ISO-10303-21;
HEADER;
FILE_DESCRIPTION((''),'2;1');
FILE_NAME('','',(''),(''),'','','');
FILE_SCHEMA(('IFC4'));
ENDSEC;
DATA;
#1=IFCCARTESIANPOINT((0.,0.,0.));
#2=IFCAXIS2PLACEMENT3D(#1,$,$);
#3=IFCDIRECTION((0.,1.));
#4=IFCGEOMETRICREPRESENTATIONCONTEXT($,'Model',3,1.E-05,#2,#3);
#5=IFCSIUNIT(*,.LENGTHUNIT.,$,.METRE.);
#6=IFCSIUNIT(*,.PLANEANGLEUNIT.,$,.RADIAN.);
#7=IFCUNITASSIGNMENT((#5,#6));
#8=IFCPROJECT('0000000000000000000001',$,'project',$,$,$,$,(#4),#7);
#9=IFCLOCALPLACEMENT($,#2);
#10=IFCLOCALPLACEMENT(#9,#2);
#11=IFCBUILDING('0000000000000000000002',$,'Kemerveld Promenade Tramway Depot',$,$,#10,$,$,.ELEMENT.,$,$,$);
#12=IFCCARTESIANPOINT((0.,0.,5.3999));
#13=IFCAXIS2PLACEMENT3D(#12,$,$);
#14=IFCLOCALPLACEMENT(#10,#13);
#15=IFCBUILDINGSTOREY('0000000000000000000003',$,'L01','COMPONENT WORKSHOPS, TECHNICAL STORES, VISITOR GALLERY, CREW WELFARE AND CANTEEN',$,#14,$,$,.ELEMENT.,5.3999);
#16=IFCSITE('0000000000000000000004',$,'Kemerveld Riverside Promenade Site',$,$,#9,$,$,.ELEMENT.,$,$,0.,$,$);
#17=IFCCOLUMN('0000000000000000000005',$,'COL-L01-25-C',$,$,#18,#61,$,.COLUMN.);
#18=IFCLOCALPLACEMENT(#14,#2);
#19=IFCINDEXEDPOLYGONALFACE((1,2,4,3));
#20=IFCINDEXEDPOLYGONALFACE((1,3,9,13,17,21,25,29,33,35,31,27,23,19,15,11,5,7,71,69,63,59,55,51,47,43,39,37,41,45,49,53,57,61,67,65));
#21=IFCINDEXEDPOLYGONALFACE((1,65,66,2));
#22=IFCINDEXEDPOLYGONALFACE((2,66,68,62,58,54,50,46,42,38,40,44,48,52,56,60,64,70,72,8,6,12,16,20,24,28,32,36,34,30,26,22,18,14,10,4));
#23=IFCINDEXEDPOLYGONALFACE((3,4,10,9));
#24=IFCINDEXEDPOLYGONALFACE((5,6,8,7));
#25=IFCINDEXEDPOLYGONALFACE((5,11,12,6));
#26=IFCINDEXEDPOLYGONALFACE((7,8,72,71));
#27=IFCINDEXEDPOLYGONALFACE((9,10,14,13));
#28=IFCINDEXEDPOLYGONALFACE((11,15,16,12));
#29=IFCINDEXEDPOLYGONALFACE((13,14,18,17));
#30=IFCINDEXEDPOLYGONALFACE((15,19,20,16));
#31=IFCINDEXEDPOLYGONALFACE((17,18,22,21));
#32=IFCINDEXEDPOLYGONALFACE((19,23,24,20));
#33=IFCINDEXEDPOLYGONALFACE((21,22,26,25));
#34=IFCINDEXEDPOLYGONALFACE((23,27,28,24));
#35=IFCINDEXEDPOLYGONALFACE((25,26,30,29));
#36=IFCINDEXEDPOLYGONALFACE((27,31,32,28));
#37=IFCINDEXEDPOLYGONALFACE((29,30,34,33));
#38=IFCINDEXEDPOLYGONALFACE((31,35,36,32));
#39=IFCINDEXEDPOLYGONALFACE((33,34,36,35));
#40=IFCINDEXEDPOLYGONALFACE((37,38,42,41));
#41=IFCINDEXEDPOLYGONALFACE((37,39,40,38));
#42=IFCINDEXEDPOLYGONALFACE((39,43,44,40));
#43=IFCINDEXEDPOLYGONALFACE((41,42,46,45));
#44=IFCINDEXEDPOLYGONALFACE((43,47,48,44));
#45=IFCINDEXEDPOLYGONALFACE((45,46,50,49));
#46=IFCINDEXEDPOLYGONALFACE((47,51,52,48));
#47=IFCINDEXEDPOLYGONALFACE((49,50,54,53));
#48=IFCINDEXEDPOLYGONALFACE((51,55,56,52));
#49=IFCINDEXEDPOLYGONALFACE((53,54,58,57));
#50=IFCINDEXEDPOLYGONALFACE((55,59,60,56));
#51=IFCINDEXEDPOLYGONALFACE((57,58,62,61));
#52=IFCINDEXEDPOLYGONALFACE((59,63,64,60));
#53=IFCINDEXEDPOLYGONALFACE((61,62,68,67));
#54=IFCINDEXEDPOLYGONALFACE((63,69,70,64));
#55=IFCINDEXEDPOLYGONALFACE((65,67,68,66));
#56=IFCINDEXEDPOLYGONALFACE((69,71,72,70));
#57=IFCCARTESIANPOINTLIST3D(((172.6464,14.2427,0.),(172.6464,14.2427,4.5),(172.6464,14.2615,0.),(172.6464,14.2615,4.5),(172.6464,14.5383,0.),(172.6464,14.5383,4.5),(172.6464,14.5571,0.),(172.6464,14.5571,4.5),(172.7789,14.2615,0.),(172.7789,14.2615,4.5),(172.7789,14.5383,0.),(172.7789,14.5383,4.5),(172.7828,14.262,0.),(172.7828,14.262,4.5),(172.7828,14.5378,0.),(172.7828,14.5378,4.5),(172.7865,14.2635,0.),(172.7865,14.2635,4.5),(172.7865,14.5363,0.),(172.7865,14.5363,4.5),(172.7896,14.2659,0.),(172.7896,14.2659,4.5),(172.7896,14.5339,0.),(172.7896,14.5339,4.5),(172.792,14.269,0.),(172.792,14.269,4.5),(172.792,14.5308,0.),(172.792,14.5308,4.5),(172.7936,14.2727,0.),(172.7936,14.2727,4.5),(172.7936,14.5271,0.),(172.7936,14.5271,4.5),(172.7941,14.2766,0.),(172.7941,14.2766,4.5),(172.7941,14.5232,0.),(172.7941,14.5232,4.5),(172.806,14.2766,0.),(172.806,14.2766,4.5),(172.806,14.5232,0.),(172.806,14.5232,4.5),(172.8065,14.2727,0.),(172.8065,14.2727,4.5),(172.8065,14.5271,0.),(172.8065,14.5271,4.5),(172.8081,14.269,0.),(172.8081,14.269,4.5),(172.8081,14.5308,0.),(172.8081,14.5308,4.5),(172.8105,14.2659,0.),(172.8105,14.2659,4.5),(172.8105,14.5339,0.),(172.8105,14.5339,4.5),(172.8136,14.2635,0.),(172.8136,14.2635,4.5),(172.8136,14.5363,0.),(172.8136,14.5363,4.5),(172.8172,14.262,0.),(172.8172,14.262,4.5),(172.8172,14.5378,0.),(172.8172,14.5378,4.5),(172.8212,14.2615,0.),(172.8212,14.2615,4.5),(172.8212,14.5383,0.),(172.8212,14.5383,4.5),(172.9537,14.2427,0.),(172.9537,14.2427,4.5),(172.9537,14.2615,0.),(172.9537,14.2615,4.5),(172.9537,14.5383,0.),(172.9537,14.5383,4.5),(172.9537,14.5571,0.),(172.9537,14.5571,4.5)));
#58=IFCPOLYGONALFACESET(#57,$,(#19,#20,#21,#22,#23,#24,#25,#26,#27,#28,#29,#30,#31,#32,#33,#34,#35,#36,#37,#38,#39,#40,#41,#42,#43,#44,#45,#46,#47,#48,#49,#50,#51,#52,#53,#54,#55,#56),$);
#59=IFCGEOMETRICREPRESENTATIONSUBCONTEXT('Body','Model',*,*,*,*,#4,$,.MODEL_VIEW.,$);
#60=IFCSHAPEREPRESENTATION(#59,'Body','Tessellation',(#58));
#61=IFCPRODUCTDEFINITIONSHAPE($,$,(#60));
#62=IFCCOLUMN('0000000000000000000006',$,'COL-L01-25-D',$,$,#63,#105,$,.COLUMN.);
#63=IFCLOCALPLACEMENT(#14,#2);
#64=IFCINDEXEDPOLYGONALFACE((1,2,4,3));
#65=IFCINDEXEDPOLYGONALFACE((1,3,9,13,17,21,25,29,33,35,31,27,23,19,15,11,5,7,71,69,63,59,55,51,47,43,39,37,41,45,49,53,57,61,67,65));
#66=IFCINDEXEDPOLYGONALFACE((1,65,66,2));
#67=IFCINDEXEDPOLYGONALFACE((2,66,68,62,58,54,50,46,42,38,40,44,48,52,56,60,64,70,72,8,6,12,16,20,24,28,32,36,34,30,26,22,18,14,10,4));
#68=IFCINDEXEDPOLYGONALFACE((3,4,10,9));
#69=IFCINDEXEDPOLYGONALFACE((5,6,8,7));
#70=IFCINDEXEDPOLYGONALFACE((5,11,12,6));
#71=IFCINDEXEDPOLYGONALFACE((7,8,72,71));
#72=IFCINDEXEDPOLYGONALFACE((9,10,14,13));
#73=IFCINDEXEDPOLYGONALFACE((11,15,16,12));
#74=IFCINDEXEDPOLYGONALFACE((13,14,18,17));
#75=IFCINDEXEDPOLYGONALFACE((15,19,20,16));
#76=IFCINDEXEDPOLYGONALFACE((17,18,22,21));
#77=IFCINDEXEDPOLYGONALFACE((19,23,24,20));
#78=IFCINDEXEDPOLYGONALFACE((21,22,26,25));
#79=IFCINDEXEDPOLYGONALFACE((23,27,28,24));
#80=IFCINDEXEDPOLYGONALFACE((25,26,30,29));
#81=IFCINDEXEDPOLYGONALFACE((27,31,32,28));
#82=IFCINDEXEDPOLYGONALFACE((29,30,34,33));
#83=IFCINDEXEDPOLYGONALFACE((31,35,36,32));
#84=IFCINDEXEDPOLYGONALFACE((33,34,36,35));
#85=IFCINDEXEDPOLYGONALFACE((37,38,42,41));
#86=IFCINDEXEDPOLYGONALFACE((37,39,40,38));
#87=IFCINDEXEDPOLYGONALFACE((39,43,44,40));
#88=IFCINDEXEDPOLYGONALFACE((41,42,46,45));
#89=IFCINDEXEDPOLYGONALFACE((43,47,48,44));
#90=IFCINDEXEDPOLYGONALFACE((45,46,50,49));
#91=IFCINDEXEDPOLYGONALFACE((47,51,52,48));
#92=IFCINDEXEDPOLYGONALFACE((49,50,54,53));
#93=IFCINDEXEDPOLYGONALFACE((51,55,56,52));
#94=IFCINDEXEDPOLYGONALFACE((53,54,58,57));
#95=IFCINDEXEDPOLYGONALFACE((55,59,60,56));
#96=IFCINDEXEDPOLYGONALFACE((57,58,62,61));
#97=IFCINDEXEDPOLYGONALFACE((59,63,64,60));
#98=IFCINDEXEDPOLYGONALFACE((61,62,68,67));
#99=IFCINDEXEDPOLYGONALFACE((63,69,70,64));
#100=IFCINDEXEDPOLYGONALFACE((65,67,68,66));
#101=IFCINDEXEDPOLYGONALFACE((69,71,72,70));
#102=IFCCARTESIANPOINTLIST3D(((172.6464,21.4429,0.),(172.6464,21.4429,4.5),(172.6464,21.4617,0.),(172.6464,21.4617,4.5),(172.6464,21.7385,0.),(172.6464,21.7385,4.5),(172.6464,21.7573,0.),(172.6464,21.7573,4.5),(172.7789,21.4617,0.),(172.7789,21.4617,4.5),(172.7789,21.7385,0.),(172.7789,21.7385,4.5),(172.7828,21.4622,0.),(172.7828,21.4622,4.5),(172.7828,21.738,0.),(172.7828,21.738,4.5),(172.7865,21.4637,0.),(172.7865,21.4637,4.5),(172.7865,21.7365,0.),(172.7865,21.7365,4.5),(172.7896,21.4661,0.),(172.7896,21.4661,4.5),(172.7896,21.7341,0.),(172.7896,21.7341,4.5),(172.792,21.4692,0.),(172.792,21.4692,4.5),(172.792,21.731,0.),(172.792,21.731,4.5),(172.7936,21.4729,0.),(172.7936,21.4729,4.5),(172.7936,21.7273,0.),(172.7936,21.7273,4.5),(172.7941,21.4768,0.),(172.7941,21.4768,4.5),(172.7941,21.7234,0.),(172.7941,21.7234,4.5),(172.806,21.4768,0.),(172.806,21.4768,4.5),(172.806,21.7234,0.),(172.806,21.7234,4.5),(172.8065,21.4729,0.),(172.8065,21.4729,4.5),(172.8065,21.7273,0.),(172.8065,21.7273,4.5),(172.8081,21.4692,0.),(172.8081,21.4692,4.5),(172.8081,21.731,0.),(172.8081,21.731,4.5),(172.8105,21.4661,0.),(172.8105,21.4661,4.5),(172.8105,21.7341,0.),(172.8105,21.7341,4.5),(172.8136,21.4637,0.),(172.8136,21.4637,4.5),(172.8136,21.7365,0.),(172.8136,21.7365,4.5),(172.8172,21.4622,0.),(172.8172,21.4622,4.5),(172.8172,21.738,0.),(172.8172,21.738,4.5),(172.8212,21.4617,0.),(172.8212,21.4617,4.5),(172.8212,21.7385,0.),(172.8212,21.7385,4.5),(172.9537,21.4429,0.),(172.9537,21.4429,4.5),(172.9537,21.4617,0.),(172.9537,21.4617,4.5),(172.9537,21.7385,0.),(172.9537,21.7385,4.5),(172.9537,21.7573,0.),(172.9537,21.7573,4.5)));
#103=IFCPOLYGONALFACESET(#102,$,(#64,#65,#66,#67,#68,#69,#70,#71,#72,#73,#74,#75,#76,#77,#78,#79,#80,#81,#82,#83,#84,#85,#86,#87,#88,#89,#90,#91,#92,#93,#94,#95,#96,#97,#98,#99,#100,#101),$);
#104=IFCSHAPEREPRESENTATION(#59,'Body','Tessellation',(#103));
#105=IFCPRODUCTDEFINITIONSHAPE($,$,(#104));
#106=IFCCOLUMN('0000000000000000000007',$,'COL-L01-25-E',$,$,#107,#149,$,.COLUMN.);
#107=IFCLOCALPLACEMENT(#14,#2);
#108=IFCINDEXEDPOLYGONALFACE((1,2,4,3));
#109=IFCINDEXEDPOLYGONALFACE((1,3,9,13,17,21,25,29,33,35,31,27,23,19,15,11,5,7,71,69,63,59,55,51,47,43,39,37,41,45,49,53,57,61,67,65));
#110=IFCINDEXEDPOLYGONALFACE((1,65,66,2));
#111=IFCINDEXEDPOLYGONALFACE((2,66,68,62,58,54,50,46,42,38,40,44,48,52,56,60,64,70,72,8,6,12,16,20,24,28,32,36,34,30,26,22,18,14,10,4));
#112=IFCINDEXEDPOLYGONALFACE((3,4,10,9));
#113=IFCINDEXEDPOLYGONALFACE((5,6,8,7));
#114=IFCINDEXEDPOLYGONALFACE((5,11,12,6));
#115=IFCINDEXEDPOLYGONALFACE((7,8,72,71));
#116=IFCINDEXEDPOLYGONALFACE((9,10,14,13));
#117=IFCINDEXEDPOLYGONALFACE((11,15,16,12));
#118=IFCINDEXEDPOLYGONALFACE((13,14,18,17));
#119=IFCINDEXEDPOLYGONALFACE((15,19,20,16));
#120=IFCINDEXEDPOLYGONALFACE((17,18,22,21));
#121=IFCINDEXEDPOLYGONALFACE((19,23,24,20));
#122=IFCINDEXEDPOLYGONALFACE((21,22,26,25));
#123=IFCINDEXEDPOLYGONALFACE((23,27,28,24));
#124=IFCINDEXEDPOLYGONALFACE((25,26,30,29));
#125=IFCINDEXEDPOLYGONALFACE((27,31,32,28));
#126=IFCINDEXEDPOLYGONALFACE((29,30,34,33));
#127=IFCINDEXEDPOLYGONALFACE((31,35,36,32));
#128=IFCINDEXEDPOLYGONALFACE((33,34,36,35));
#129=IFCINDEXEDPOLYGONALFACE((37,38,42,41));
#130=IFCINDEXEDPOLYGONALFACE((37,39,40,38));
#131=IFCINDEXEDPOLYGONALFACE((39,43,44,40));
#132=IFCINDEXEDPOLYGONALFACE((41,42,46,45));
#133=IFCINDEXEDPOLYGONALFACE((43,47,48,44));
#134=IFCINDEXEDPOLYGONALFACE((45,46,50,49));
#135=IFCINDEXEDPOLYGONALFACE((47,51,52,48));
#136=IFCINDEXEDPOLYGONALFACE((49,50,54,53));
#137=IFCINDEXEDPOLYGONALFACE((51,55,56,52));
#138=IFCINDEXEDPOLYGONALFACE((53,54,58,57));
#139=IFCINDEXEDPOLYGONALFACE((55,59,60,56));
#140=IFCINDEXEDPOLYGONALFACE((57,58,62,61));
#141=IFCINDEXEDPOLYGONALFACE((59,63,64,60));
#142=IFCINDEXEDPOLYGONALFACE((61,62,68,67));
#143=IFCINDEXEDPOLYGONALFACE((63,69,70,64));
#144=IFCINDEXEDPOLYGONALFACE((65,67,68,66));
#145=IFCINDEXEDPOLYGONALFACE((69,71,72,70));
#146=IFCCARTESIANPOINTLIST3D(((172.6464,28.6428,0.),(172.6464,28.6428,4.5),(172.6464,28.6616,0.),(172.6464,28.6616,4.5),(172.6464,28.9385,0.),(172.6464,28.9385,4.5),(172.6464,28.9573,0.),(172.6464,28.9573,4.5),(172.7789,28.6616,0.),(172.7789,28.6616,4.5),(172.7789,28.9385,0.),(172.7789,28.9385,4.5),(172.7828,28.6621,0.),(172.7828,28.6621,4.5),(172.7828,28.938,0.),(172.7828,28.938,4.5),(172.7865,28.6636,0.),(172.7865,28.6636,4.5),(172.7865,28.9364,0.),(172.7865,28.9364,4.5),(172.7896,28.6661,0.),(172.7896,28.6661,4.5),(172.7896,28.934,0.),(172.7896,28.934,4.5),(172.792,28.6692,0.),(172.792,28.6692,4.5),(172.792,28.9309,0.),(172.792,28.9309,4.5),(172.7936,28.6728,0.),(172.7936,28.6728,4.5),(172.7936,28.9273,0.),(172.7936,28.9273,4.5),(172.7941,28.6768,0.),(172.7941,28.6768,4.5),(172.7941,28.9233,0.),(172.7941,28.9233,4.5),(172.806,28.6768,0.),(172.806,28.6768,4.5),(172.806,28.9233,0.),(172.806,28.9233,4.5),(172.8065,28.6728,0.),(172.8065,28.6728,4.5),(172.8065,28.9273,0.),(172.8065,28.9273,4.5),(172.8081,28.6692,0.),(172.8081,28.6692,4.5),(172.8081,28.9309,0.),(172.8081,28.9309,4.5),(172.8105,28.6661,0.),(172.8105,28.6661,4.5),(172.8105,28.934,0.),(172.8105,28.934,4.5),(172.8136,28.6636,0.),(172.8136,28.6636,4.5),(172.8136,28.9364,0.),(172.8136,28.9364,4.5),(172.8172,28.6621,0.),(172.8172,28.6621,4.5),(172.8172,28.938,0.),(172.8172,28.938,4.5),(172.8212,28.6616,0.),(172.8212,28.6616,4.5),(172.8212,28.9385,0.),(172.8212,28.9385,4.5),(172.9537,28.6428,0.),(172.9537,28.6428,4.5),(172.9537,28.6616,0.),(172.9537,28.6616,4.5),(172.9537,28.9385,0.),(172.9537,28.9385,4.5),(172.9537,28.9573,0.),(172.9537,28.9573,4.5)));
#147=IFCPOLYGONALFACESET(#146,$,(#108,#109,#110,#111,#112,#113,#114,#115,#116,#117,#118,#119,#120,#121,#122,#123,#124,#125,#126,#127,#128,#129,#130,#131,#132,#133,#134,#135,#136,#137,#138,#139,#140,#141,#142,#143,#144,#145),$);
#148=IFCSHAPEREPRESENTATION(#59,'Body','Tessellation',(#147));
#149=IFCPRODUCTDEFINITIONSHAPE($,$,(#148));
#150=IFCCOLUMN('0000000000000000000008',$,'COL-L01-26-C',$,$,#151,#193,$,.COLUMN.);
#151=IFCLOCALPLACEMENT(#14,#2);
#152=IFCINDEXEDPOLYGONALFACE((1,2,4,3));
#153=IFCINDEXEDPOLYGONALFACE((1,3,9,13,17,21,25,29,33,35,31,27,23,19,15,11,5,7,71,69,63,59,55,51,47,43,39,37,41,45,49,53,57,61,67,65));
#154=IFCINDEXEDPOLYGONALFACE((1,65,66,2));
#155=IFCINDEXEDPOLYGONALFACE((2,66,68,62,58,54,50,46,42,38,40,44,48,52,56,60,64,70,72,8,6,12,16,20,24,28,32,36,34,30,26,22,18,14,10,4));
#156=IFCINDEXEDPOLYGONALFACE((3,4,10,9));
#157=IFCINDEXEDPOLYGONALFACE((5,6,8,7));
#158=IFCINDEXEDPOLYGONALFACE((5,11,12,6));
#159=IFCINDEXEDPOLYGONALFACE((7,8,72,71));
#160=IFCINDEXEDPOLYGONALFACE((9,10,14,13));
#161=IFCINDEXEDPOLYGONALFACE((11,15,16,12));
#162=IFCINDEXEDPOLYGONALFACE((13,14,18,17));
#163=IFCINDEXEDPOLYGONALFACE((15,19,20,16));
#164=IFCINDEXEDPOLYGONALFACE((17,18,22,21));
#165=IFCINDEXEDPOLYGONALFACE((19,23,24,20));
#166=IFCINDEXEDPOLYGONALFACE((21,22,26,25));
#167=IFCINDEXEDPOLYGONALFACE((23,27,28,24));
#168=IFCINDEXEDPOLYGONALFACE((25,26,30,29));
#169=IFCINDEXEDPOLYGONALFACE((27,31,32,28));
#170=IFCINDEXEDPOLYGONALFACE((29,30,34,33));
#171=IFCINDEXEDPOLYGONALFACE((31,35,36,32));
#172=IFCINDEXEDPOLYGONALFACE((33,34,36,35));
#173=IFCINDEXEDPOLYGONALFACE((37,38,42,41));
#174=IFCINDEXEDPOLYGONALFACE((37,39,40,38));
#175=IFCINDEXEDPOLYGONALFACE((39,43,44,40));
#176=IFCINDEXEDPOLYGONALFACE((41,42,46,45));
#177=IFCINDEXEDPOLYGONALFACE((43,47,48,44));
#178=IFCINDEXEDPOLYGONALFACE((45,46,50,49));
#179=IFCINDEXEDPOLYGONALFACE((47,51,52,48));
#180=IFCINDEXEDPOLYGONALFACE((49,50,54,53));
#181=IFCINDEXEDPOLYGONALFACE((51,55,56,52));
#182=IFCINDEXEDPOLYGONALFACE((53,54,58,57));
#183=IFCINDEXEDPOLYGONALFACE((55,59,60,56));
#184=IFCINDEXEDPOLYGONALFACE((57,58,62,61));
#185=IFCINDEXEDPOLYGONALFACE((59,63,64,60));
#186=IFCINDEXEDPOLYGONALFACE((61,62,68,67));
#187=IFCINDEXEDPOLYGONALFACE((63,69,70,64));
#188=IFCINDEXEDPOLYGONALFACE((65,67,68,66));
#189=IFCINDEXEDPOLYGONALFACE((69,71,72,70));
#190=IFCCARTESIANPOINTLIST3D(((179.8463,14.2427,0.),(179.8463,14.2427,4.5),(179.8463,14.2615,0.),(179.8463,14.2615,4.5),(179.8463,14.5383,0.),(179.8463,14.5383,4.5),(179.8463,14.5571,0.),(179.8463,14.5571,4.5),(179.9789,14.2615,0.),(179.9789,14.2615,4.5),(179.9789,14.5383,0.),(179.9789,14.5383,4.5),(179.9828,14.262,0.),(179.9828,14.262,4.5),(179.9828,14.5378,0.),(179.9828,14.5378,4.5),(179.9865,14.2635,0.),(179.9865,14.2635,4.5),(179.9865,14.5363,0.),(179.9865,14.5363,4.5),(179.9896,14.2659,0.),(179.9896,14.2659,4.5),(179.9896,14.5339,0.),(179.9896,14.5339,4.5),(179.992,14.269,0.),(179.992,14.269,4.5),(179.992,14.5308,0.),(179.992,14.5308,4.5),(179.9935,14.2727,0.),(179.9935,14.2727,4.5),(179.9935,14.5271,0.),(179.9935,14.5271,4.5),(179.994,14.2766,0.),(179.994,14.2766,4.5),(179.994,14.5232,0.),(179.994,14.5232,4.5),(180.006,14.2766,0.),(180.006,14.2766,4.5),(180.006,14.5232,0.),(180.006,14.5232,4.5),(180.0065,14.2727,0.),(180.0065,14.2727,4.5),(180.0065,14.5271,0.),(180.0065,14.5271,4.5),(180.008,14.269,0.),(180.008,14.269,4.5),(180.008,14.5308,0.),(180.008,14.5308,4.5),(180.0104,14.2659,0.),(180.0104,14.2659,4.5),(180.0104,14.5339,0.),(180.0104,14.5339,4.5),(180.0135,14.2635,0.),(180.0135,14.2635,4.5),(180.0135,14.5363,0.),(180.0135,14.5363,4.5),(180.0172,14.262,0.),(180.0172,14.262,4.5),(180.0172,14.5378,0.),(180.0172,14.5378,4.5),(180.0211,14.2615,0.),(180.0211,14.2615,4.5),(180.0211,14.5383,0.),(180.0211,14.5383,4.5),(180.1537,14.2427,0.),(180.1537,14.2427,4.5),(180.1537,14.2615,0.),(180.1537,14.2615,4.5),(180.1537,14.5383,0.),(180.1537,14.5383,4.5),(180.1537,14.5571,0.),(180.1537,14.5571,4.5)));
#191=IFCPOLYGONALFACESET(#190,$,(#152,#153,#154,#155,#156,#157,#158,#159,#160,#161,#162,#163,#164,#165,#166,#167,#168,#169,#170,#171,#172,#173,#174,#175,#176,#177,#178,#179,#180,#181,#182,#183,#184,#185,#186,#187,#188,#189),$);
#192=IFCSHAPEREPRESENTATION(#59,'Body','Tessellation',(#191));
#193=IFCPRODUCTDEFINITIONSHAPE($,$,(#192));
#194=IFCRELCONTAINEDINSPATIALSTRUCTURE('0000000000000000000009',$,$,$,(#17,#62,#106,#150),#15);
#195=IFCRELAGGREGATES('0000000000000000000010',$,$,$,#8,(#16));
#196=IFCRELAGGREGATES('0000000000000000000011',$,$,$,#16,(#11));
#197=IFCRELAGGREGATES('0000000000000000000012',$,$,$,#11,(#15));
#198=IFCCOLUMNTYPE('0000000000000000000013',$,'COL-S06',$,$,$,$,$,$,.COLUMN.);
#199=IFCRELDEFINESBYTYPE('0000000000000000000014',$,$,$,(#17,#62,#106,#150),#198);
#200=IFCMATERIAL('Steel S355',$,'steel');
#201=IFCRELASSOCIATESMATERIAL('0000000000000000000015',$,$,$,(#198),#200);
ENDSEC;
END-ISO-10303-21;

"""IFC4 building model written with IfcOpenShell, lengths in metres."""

from ifc_helpers import new_model, si_unit, direction, frame, origin, origin_2d, place, context, subcontext, project, spatial, i_section, extrude, material, material_profile, profile_set, type_object, element, save


model = new_model("IFC4")

# Units and contexts
model_context = context("Model", 3, precision=1e-05, world=origin(), true_north=direction((0.0, 1.0)))
body_context = subcontext(model_context, "Body", "Model", "MODEL_VIEW")
ifc_project = project(units=[si_unit("LENGTHUNIT", "METRE"), si_unit("PLANEANGLEUNIT", "RADIAN")], contexts=[model_context])

# Site, building, storey
site_placement = place(None, origin())
site = spatial("IfcSite", under=ifc_project, at=site_placement, Name="Kemerveld Riverside Promenade Site", CompositionType="ELEMENT", RefElevation=0.0)
building_placement = place(site_placement, origin())
building = spatial("IfcBuilding", under=site, at=building_placement, Name="Kemerveld Promenade Tramway Depot", CompositionType="ELEMENT")
storey_placement = place(building_placement, frame((0.0, 0.0, 5.3999)))
storey = spatial("IfcBuildingStorey", under=building, at=storey_placement, Name="L01", Description="COMPONENT WORKSHOPS, TECHNICAL STORES, VISITOR GALLERY, CREW WELFARE AND CANTEEN", CompositionType="ELEMENT", Elevation=5.3999)

# Columns
ifc_material_1 = material(Name="Steel S355", Category="steel")
ifc_material_profile_1 = material_profile(ifc_material_1, i_section(OverallWidth=0.3074, OverallDepth=0.3145, WebThickness=0.012, FlangeThickness=0.0188, FilletRadius=0.0151, at=origin_2d()), Name="305x305x118 UC")
ifc_profile_set_1 = profile_set([ifc_material_profile_1], Name="Steel S355")
column_type = type_object("IfcColumnType", Name="COL-S06", PredefinedType="COLUMN", material=ifc_profile_set_1)
for number, where, z_axis, x_axis, name in (
    (1, (172.8, 14.3999, 0.0), (0.0, 0.0, 1.0), (1.0, 0.0, 0.0), "COL-L01-25-C"),
    (2, (172.8, 21.6001, 0.0), (0.0, 0.0, 1.0), (1.0, 0.0, 0.0), "COL-L01-25-D"),
    (3, (172.8, 28.8, 0.0), (0.0, 0.0, 1.0), (1.0, 0.0, 0.0), "COL-L01-25-E"),
    (4, (180.0, 14.3999, 0.0), (0.0, 0.0, 1.0), (1.0, 0.0, 0.0), "COL-L01-26-C"),
):
    element("IfcColumn", number, at=place(storey_placement, frame(where, z_axis=z_axis, x_axis=x_axis)), inside=storey, type_object=column_type, Name=name, PredefinedType="COLUMN", context=body_context, shape_type="SweptSolid", body=[
        extrude(i_section(OverallWidth=0.3074, OverallDepth=0.3145, WebThickness=0.012, FlangeThickness=0.0188, FilletRadius=0.0151, at=origin_2d()), origin(), (0.0, 0.0, 1.0), 4.5),
    ])

save(model, "model.ifc")
